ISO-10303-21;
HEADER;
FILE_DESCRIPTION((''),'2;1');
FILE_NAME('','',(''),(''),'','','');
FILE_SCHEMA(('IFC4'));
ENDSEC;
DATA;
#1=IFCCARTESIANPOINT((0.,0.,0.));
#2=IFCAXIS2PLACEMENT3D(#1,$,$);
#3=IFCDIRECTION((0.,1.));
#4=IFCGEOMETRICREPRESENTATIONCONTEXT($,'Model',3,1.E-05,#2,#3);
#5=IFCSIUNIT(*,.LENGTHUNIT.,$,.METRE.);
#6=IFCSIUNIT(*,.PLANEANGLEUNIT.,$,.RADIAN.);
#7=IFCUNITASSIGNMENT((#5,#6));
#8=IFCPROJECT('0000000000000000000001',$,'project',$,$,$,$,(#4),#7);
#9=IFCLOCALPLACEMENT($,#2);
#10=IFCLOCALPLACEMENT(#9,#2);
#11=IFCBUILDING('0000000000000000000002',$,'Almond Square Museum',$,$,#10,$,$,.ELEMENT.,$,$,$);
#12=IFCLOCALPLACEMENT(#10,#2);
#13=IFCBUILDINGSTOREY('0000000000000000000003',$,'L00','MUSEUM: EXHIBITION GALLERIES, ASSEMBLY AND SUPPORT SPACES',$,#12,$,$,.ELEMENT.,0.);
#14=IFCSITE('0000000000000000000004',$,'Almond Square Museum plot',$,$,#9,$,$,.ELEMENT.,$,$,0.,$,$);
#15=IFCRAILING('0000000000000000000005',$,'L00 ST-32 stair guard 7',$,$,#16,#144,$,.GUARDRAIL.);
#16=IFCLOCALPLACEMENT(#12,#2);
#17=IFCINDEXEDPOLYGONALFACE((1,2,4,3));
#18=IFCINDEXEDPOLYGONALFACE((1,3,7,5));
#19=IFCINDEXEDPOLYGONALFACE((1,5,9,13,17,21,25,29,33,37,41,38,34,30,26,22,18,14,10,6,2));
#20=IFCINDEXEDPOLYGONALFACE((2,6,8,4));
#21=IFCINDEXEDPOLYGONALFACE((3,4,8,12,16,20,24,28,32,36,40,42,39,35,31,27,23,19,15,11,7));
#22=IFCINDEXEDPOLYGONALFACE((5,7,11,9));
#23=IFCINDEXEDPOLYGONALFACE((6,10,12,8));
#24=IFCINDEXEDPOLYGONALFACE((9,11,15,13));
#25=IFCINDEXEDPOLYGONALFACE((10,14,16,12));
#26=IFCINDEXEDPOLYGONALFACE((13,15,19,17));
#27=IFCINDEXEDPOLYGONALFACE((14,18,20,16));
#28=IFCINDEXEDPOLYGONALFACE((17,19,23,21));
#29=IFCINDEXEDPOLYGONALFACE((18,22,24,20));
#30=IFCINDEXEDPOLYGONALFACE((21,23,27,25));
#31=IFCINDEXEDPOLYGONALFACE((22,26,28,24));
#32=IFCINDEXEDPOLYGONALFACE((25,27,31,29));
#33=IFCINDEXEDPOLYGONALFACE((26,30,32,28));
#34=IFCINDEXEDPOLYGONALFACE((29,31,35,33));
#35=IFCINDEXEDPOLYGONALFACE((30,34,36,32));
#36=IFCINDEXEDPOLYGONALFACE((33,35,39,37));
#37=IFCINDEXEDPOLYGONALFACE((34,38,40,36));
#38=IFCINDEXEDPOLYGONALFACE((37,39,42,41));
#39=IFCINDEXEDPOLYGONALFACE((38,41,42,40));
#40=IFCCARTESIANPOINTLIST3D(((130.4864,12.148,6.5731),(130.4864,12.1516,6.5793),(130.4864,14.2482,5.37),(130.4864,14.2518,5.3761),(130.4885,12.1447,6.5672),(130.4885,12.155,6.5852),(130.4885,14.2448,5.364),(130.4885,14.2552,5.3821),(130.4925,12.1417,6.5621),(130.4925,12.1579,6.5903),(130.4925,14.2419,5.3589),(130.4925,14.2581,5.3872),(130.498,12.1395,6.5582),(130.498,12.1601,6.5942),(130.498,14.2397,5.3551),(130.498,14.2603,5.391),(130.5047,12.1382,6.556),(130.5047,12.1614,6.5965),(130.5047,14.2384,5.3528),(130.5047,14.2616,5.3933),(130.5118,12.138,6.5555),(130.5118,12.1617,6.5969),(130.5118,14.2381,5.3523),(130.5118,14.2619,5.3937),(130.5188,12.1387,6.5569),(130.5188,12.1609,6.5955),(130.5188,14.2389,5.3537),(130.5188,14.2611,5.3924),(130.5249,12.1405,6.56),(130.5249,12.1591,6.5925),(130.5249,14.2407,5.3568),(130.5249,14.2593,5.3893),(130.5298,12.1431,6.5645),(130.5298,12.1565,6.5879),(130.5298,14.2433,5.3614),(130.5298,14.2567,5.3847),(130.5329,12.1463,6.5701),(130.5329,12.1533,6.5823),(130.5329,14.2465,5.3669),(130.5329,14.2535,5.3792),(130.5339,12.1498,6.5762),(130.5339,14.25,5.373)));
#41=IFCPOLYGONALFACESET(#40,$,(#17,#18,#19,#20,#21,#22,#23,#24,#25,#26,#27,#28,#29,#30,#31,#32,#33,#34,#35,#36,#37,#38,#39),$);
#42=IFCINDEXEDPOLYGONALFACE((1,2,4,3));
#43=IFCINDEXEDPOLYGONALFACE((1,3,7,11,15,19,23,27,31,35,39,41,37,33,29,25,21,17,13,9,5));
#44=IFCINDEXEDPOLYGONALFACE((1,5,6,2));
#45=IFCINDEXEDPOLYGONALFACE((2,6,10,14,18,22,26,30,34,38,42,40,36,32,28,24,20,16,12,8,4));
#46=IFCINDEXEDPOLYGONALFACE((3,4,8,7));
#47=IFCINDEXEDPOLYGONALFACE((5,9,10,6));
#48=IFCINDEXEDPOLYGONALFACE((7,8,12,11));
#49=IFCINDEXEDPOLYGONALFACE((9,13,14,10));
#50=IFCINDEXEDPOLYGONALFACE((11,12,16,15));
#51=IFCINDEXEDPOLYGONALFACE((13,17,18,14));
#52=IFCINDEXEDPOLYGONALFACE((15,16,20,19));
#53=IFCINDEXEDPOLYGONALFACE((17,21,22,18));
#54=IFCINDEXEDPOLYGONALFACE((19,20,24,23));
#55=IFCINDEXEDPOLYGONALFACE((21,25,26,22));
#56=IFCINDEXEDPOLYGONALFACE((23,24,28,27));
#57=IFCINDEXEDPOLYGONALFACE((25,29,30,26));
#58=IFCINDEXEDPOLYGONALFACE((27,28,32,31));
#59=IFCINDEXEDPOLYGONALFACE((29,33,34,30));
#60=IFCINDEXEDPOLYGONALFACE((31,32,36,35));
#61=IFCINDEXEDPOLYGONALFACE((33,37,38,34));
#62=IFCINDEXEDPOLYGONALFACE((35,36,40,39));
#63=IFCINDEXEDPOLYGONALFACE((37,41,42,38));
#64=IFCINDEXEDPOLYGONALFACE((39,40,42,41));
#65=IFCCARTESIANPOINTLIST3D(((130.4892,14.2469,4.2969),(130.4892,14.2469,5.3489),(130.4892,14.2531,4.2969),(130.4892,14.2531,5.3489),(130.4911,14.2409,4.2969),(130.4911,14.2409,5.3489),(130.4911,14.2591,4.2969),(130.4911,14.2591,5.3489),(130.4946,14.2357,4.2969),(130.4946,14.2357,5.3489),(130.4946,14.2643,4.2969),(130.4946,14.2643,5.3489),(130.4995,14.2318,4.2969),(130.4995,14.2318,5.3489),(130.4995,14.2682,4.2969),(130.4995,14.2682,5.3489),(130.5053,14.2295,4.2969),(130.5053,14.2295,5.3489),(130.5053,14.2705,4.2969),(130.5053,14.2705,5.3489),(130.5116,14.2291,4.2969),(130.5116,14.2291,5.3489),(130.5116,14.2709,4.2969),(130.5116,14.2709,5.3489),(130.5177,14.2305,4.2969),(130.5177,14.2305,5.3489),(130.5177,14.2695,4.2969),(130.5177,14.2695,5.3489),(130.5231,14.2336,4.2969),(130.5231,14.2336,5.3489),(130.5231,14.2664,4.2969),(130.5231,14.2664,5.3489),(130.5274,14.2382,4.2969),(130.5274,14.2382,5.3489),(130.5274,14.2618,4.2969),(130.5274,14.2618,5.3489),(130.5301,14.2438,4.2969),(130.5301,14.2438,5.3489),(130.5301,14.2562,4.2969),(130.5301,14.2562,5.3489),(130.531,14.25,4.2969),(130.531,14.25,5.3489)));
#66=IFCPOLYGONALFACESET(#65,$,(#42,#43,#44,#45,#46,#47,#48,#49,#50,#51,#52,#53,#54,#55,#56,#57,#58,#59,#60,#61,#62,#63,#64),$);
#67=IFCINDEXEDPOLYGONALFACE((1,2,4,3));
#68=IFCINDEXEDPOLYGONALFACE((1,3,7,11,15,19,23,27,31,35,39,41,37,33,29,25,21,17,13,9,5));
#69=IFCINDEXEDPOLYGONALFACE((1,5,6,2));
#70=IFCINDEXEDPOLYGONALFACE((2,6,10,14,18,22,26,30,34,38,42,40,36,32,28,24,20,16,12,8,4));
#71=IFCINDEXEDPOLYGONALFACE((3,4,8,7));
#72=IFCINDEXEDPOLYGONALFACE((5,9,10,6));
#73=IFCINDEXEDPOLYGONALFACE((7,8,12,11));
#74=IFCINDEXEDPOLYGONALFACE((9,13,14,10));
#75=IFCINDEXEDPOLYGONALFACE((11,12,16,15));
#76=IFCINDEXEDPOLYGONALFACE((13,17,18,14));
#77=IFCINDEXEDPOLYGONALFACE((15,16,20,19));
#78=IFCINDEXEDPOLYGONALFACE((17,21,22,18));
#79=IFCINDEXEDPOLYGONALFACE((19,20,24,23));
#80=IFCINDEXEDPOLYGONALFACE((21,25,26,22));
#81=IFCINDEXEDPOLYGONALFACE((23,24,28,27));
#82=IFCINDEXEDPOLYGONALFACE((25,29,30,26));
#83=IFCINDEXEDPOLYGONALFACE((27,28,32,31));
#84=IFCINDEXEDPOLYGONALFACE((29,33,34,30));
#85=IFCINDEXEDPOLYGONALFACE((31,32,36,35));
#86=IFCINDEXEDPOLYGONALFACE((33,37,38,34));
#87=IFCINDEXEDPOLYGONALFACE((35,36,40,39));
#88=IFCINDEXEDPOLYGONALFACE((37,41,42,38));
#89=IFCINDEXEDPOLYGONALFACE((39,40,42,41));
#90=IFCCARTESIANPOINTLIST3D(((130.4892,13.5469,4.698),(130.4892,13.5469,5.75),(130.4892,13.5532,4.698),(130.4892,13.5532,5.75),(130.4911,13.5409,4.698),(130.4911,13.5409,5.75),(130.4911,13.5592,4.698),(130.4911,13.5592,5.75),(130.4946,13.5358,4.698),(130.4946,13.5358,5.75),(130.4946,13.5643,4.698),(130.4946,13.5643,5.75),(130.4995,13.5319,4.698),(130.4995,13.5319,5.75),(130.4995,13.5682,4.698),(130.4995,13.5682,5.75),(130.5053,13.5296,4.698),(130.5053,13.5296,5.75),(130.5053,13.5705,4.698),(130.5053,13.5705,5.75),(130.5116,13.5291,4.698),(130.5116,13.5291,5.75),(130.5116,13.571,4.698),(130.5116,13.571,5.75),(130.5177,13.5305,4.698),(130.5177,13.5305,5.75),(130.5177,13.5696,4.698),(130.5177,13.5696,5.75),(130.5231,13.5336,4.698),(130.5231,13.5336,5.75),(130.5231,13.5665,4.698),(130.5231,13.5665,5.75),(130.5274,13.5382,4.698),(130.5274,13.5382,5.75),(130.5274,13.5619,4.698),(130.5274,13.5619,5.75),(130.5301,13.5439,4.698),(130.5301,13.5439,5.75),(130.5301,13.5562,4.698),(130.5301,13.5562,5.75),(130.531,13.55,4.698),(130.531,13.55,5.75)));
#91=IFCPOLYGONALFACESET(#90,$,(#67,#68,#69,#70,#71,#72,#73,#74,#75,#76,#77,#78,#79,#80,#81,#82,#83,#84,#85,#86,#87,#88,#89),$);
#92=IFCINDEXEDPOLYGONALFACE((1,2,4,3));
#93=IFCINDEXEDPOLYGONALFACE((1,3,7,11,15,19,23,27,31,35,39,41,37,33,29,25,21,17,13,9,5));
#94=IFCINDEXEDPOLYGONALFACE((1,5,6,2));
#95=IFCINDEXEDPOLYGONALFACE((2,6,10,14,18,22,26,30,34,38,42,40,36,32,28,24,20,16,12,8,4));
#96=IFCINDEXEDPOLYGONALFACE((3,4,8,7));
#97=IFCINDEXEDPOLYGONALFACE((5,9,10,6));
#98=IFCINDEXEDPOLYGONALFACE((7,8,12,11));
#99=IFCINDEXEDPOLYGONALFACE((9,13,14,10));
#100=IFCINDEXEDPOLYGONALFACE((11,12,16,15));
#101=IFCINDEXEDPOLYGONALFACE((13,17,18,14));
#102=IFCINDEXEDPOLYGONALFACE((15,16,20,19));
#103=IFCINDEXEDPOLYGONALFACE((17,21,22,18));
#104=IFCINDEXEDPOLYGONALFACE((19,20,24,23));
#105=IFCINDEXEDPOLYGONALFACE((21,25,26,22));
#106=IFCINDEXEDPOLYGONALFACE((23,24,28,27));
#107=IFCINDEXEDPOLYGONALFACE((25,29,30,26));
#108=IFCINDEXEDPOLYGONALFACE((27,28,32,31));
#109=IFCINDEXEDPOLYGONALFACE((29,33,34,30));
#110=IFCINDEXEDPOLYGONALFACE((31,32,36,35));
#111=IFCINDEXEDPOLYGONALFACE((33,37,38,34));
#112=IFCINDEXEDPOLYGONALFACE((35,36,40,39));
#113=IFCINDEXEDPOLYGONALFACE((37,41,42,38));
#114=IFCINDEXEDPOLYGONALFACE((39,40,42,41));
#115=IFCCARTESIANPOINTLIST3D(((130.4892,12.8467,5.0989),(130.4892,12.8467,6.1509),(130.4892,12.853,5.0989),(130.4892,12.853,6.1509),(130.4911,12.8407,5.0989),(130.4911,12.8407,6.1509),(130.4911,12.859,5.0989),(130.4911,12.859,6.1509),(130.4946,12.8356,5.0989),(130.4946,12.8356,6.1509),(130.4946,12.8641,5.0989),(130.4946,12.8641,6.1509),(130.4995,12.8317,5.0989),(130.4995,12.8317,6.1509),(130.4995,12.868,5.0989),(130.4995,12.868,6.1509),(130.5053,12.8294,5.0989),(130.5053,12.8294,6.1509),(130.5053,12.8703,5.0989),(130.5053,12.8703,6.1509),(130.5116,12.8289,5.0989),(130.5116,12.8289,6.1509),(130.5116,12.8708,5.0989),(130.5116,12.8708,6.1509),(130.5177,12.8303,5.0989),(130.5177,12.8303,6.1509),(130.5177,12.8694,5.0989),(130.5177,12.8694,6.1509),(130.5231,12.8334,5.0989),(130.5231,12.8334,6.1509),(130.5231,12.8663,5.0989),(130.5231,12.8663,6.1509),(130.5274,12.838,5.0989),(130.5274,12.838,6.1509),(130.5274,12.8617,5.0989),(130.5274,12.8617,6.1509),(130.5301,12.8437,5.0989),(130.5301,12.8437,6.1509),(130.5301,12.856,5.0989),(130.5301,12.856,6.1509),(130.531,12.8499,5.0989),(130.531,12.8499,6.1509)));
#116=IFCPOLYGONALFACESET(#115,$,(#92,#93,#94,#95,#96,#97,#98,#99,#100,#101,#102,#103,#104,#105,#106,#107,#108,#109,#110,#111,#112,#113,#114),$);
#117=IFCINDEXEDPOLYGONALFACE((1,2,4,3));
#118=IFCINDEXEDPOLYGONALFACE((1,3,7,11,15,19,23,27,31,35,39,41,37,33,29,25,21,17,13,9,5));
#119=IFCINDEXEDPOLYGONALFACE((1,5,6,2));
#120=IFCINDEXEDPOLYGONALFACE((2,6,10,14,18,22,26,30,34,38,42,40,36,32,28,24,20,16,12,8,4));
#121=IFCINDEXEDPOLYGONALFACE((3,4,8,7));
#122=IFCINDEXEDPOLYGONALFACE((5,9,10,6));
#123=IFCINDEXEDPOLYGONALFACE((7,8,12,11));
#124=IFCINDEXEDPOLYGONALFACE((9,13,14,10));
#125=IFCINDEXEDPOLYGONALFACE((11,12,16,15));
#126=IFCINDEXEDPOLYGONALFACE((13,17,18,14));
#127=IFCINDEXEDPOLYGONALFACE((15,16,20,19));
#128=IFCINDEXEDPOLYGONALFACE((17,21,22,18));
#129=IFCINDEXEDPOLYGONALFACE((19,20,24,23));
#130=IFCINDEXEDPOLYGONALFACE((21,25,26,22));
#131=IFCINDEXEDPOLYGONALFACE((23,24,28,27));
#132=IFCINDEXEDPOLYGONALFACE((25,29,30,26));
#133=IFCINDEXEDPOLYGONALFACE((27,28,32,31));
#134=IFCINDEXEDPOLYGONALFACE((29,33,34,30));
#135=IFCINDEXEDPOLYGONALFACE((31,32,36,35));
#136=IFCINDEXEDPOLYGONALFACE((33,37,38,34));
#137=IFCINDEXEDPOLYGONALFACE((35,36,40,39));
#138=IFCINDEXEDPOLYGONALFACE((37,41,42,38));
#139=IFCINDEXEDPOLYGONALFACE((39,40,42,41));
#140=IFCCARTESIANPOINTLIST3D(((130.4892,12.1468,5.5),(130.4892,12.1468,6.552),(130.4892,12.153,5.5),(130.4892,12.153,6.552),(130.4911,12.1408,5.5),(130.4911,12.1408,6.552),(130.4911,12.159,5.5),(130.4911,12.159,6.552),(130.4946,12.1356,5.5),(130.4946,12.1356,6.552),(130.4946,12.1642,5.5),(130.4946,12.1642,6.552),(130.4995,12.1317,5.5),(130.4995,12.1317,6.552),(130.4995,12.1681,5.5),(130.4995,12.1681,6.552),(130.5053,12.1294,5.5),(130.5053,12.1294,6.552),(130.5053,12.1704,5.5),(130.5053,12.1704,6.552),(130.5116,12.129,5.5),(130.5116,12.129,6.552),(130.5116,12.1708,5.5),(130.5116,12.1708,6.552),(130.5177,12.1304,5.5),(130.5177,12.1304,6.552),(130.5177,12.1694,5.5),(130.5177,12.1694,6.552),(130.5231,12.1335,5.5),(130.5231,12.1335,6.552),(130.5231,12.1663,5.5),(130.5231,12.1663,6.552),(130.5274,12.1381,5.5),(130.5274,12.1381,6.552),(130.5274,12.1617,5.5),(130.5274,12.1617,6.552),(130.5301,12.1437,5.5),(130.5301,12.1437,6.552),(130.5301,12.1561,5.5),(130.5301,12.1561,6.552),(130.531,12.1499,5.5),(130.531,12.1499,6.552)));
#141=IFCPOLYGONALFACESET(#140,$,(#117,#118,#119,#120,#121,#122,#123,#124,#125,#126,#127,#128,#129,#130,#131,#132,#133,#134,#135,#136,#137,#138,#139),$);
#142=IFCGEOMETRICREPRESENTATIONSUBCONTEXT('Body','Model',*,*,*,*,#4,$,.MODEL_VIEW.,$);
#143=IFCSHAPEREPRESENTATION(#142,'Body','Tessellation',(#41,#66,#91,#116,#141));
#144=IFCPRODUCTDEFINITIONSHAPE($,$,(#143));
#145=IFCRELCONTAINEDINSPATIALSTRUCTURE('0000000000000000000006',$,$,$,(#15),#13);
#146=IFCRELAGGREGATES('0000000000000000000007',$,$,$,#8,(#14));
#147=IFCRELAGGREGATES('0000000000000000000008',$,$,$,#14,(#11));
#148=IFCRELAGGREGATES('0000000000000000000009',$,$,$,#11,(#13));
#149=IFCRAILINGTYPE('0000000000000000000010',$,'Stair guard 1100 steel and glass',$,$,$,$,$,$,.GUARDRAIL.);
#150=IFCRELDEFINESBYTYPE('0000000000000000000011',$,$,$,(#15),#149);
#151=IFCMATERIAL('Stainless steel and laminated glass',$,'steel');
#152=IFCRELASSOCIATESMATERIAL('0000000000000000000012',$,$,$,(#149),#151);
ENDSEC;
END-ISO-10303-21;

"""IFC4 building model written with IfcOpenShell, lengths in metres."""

from ifc_helpers import new_model, si_unit, direction, frame, origin, origin_2d, place, context, subcontext, project, spatial, circle, extrude, material, type_object, element, save


model = new_model("IFC4")

# Units and contexts
model_context = context("Model", 3, precision=1e-05, world=origin(), true_north=direction((0.0, 1.0)))
body_context = subcontext(model_context, "Body", "Model", "MODEL_VIEW")
ifc_project = project(units=[si_unit("LENGTHUNIT", "METRE"), si_unit("PLANEANGLEUNIT", "RADIAN")], contexts=[model_context])

# Site, building, storey
site_placement = place(None, origin())
site = spatial("IfcSite", under=ifc_project, at=site_placement, Name="Almond Square Museum plot", CompositionType="ELEMENT", RefElevation=0.0)
building_placement = place(site_placement, origin())
building = spatial("IfcBuilding", under=site, at=building_placement, Name="Almond Square Museum", CompositionType="ELEMENT")
storey_placement = place(building_placement, origin())
storey = spatial("IfcBuildingStorey", under=building, at=storey_placement, Name="L00", Description="MUSEUM: EXHIBITION GALLERIES, ASSEMBLY AND SUPPORT SPACES", CompositionType="ELEMENT", Elevation=0.0)

# Railing
ifc_material_1 = material(Name="Stainless steel and laminated glass", Category="steel")
railing_type_1 = type_object("IfcRailingType", Name="Stair guard 1100 steel and glass", PredefinedType="GUARDRAIL", material=ifc_material_1)
railing_1_placement = place(storey_placement, frame((130.51, 14.25, 4.2969)))
element("IfcRailing", 1, at=railing_1_placement, inside=storey, type_object=railing_type_1, Name="L00 ST-32 stair guard 7", PredefinedType="GUARDRAIL", context=body_context, shape_type="SweptSolid", body=[
    extrude(circle(Radius=0.0239, at=origin_2d()), frame((0.0, 0.0, 1.0762), z_axis=(0.0, -0.867696, 0.497095), x_axis=(1.0, 0.0, 0.0)), (0.0, 0.0, 1.0), 2.4204),
    extrude(circle(Radius=0.021, at=origin_2d()), origin(), (0.0, 0.0, 1.0), 1.052),
    extrude(circle(Radius=0.021, at=origin_2d()), frame((0.0, -0.7, 0.4011)), (0.0, 0.0, 1.0), 1.052),
    extrude(circle(Radius=0.021, at=origin_2d()), frame((0.0, -1.4001, 0.802)), (0.0, 0.0, 1.0), 1.052),
    extrude(circle(Radius=0.021, at=origin_2d()), frame((0.0, -2.1001, 1.2031)), (0.0, 0.0, 1.0), 1.052),
])

save(model, "model.ifc")
